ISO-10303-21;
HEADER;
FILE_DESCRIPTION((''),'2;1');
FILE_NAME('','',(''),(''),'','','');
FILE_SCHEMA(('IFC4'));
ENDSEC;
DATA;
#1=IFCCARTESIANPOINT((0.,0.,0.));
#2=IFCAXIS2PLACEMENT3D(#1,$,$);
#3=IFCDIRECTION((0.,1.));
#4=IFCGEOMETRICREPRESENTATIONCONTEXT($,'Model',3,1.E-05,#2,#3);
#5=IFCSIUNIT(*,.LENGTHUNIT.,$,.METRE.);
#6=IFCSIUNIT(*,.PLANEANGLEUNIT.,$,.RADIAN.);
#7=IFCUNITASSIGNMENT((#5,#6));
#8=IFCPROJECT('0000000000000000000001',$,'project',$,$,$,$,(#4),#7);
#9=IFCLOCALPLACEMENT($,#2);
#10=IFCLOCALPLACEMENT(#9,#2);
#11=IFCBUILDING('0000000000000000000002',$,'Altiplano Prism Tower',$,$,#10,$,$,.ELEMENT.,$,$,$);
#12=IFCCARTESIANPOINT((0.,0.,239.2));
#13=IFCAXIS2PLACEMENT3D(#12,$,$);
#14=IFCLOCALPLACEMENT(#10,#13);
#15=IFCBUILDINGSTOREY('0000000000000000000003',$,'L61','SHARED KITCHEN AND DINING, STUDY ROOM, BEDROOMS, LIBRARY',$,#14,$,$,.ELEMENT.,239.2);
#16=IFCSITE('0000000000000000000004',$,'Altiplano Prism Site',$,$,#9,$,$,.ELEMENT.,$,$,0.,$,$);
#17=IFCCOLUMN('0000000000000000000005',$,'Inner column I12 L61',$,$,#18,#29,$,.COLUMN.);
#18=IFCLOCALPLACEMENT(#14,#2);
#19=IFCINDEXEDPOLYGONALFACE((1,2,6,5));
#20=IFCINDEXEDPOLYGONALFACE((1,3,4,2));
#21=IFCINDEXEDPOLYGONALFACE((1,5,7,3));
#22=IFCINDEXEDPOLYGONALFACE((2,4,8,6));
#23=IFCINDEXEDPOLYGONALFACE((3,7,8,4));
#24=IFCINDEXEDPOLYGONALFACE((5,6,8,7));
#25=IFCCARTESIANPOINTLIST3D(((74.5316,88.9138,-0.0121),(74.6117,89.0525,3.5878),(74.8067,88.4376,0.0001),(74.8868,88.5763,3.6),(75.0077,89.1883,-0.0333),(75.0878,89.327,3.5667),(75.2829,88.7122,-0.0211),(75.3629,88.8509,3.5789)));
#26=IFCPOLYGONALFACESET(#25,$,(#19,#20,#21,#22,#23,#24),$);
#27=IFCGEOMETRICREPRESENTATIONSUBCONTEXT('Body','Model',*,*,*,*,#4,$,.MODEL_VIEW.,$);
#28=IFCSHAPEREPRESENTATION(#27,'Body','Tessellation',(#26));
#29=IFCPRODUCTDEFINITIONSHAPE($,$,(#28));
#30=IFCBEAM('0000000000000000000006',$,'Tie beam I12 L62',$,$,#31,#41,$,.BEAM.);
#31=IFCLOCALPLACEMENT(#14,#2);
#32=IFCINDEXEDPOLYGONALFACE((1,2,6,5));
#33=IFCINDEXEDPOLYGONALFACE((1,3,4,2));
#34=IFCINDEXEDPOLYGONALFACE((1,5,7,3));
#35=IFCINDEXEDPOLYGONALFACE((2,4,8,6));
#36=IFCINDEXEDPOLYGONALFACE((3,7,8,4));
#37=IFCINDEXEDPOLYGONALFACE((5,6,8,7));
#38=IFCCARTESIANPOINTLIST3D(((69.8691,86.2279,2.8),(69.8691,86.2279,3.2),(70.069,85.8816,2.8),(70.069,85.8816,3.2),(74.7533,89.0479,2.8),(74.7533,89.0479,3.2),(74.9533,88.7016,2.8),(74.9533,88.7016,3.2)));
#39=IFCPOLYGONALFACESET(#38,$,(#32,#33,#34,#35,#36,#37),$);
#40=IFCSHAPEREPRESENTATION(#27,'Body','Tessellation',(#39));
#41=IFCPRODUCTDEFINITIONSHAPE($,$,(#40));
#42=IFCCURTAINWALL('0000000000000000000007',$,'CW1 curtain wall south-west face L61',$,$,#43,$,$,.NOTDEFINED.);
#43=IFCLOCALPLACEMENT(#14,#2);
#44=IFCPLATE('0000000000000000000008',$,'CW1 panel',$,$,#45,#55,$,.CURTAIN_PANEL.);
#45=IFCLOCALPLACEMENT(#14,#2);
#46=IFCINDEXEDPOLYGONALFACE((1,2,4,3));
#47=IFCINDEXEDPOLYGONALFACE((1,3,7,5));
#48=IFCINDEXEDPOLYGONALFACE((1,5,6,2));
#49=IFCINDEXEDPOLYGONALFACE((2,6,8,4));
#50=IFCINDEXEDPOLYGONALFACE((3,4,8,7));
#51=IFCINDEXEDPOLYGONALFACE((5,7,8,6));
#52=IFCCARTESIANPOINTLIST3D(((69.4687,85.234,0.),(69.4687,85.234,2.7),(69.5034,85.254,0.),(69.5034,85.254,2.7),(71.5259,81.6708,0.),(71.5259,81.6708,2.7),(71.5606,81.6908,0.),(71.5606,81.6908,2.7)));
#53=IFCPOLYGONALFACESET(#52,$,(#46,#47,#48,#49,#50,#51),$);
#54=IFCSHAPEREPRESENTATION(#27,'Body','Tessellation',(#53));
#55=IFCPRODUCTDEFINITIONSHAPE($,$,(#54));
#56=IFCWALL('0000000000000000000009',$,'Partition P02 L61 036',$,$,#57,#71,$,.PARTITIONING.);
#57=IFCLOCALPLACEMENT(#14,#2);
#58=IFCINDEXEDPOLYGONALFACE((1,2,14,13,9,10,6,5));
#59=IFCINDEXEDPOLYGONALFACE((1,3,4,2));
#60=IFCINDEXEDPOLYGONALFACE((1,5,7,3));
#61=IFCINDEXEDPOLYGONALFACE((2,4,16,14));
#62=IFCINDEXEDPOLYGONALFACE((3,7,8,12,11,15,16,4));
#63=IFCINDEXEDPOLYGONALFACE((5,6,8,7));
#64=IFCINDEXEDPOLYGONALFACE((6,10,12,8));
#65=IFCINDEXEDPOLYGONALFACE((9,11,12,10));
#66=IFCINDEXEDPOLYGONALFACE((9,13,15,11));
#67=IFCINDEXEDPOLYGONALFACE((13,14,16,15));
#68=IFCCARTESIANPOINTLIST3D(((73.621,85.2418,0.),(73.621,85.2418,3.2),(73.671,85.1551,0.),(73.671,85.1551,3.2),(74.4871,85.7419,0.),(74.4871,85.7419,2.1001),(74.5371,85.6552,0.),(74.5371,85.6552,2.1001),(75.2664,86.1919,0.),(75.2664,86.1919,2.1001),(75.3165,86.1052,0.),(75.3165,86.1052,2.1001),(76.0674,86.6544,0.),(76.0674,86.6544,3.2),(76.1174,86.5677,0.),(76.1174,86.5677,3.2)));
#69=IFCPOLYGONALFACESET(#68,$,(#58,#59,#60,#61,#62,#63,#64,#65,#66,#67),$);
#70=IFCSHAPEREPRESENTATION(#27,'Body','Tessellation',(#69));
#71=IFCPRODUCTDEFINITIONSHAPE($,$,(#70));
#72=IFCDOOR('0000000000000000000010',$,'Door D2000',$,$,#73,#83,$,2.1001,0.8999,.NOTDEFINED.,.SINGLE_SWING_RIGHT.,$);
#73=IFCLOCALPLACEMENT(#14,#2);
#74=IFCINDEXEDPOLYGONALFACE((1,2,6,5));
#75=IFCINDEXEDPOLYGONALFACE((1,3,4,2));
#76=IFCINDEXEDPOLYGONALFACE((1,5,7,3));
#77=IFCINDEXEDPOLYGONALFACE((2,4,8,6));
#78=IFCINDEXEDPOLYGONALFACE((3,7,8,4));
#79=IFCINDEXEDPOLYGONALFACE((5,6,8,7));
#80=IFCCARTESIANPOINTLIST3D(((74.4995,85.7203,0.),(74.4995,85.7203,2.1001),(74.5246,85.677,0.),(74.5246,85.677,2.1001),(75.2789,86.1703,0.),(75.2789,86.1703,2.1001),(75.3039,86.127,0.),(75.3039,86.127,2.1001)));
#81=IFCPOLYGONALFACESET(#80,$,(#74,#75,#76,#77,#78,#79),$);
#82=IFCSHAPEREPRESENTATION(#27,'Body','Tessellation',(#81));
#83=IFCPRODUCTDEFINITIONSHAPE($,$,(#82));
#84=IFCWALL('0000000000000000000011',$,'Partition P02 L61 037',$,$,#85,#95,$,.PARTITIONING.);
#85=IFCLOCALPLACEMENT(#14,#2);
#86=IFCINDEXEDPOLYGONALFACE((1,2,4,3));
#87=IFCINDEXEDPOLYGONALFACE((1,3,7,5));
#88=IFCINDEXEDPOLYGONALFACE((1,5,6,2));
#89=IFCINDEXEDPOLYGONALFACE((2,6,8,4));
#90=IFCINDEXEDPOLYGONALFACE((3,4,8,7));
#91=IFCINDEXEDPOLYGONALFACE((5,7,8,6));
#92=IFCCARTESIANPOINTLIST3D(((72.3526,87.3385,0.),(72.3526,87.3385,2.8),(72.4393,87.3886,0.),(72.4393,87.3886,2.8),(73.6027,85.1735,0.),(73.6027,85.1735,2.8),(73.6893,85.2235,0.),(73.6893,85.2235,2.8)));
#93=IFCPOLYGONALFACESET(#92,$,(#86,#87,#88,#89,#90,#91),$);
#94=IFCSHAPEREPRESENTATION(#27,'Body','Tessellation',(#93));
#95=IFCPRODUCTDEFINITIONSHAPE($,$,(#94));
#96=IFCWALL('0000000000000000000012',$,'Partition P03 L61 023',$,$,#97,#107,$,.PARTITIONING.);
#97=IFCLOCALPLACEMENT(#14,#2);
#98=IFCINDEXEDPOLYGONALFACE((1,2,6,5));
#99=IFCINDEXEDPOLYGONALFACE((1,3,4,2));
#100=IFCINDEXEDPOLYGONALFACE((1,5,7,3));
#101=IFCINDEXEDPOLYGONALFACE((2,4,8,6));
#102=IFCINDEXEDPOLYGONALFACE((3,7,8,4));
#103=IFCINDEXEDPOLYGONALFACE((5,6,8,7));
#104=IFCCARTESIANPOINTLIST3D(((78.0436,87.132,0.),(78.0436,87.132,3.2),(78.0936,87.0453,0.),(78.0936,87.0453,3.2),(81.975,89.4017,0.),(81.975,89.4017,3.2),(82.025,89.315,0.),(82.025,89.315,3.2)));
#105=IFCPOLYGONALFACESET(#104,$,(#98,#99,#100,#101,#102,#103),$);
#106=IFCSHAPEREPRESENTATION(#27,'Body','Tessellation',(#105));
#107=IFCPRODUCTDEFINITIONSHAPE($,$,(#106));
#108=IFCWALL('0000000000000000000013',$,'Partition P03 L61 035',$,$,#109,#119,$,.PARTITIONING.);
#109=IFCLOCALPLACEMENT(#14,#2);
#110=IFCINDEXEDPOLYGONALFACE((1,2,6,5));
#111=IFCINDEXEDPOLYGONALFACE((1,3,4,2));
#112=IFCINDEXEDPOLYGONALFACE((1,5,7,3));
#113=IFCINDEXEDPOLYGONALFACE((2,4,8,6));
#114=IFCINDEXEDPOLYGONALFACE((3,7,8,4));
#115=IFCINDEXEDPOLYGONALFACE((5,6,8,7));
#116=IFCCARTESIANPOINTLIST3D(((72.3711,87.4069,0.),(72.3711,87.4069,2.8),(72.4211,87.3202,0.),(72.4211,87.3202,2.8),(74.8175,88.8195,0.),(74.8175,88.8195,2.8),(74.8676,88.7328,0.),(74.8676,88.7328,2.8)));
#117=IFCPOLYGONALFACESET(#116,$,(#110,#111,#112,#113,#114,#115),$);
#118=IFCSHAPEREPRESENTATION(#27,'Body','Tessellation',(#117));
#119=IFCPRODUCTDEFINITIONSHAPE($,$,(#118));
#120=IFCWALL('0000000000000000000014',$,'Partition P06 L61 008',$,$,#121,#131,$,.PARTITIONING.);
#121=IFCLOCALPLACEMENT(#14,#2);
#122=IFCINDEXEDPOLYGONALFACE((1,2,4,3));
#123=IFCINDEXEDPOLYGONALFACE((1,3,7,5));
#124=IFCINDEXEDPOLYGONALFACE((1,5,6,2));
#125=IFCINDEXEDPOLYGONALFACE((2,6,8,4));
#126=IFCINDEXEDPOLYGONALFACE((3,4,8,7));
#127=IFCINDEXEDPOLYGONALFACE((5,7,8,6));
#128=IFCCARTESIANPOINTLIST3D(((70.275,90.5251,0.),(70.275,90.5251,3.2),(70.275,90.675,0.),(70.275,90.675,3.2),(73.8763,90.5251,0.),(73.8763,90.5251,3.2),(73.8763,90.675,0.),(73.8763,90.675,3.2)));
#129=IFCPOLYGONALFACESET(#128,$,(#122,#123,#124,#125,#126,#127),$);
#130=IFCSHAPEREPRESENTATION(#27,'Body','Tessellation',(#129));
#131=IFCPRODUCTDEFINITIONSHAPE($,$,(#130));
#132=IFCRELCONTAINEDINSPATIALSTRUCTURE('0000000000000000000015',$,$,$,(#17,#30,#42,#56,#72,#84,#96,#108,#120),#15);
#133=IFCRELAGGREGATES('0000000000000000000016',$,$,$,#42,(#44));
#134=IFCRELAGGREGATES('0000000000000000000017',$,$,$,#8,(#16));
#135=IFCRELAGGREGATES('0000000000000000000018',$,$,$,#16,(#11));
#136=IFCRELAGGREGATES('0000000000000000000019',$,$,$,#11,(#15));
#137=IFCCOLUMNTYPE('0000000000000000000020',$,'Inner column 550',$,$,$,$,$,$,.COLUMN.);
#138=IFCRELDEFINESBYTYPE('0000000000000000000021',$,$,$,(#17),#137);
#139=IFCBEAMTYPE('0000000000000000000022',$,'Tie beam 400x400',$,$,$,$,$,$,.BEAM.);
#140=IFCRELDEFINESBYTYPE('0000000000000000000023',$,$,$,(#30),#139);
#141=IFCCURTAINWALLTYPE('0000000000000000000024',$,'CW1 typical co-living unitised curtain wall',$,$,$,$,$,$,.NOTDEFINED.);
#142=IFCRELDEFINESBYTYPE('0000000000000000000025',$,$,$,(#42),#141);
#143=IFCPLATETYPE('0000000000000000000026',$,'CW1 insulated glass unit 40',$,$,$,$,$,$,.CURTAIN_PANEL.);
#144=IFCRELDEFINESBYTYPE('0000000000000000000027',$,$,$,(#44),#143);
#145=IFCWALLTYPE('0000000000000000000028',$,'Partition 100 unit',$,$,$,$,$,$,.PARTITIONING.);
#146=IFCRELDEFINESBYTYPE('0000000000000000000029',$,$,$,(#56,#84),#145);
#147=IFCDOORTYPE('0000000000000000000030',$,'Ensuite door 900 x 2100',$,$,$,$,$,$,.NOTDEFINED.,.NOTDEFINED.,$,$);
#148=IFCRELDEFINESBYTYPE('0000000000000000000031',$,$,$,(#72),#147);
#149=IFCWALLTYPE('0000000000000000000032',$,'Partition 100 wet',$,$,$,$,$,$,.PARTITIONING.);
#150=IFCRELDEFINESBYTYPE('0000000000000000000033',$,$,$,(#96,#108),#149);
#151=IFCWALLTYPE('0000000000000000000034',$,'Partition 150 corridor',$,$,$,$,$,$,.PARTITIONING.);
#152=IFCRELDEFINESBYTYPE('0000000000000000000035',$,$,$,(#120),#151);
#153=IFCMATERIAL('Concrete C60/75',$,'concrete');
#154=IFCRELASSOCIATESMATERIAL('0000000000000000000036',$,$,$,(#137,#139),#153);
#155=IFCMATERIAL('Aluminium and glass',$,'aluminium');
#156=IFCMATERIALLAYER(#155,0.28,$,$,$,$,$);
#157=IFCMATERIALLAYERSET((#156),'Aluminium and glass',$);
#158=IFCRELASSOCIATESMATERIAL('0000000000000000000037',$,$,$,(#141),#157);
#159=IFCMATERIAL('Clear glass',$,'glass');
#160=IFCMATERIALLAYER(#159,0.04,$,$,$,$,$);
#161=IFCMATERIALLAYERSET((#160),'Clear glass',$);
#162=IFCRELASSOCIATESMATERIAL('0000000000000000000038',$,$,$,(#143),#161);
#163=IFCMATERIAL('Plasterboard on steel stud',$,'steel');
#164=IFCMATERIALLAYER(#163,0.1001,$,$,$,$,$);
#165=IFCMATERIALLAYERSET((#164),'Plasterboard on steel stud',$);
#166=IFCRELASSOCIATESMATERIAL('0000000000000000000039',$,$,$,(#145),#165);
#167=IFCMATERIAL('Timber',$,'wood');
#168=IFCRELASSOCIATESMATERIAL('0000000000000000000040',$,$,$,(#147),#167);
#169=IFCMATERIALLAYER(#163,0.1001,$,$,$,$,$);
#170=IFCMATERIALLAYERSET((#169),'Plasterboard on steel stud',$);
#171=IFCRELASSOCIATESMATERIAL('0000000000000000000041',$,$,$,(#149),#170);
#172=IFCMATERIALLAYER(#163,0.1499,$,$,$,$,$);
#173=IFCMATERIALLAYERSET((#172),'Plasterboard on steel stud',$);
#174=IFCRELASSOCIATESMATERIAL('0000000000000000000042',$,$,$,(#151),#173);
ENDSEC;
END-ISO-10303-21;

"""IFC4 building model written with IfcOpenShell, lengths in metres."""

from ifc_helpers import new_model, si_unit, direction, frame, frame_2d, origin, origin_2d, place, context, subcontext, project, spatial, rectangle, extrude, material, layer, layer_set, material_profile, profile_set, type_object, element, fill, aggregate, save


model = new_model("IFC4")

# Units and contexts
model_context = context("Model", 3, precision=1e-05, world=origin(), true_north=direction((0.0, 1.0)))
body_context = subcontext(model_context, "Body", "Model", "MODEL_VIEW")
ifc_project = project(units=[si_unit("LENGTHUNIT", "METRE"), si_unit("PLANEANGLEUNIT", "RADIAN")], contexts=[model_context])

# Site, building, storey
site_placement = place(None, origin())
site = spatial("IfcSite", under=ifc_project, at=site_placement, Name="Altiplano Prism Site", CompositionType="ELEMENT", RefElevation=0.0)
building_placement = place(site_placement, origin())
building = spatial("IfcBuilding", under=site, at=building_placement, Name="Altiplano Prism Tower", CompositionType="ELEMENT")
storey_placement = place(building_placement, frame((0.0, 0.0, 239.2)))
storey = spatial("IfcBuildingStorey", under=building, at=storey_placement, Name="L61", Description="SHARED KITCHEN AND DINING, STUDY ROOM, BEDROOMS, LIBRARY", CompositionType="ELEMENT", Elevation=239.2)

# Column
ifc_material_1 = material(Name="Concrete C60/75", Category="concrete")
ifc_material_profile_1 = material_profile(ifc_material_1, rectangle(XDim=0.55, YDim=0.55, at=origin_2d()), Name="Inner column 550")
ifc_profile_set_1 = profile_set([ifc_material_profile_1], Name="Concrete C60/75")
column_type = type_object("IfcColumnType", Name="Inner column 550", PredefinedType="COLUMN", material=ifc_profile_set_1)
column_placement = place(storey_placement, frame((74.9072, 88.813, -0.0166), z_axis=(0.022223, 0.038483, 0.999012), x_axis=(-0.865644, -0.499179, 0.038485)))
element("IfcColumn", 1, at=column_placement, inside=storey, type_object=column_type, Name="Inner column I12 L61", PredefinedType="COLUMN", context=body_context, shape_type="SweptSolid", body=[
    extrude(rectangle(XDim=0.55, YDim=0.55, at=origin_2d()), origin(), (0.0, 0.0, 1.0), 3.6035),
])

# Beam
ifc_material_profile_2 = material_profile(ifc_material_1, rectangle(XDim=0.3999, YDim=0.3999, at=origin_2d()), Name="Tie beam 400x400")
ifc_profile_set_2 = profile_set([ifc_material_profile_2], Name="Concrete C60/75")
beam_type = type_object("IfcBeamType", Name="Tie beam 400x400", PredefinedType="BEAM", material=ifc_profile_set_2)
beam_placement = place(storey_placement, frame((74.8533, 88.8748, 3.0), z_axis=(-0.866015, -0.500017, 0.0), x_axis=(0.500017, -0.866015, 0.0)))
element("IfcBeam", 2, at=beam_placement, inside=storey, type_object=beam_type, Name="Tie beam I12 L62", PredefinedType="BEAM", context=body_context, shape_type="SweptSolid", body=[
    extrude(rectangle(XDim=0.3999, YDim=0.3999, at=origin_2d()), origin(), (0.0, 0.0, 1.0), 5.6399),
])

# Curtain wall, plate
ifc_material_2 = material(Name="Aluminium and glass", Category="aluminium")
ifc_layer_1 = layer(ifc_material_2, 0.28)
ifc_layer_set_1 = layer_set([ifc_layer_1], Name="Aluminium and glass")
curtain_wall_type = type_object("IfcCurtainWallType", Name="CW1 typical co-living unitised curtain wall", PredefinedType="NOTDEFINED", material=ifc_layer_set_1)
curtain_wall_placement = place(storey_placement, origin())
curtain_wall = element("IfcCurtainWall", 3, at=curtain_wall_placement, inside=storey, type_object=curtain_wall_type, Name="CW1 curtain wall south-west face L61", PredefinedType="NOTDEFINED")
ifc_material_3 = material(Name="Clear glass", Category="glass")
ifc_layer_2 = layer(ifc_material_3, 0.04)
ifc_layer_set_2 = layer_set([ifc_layer_2], Name="Clear glass")
plate_type = type_object("IfcPlateType", Name="CW1 insulated glass unit 40", PredefinedType="CURTAIN_PANEL", material=ifc_layer_set_2)
plate_placement = place(storey_placement, frame((70.5146, 83.4624, 0.0), z_axis=(0.0, 0.0, 1.0), x_axis=(0.5, -0.866025, 0.0)))
plate = element("IfcPlate", 4, at=plate_placement, type_object=plate_type, Name="CW1 panel", PredefinedType="CURTAIN_PANEL", context=body_context, shape_type="SweptSolid", body=[
    extrude(rectangle(XDim=4.1145, YDim=0.04, at=origin_2d()), origin(), (0.0, 0.0, 1.0), 2.7),
])
aggregate(curtain_wall, [plate])

# Wall, opening, door
ifc_material_4 = material(Name="Plasterboard on steel stud", Category="steel")
ifc_layer_3 = layer(ifc_material_4, 0.1001)
ifc_layer_set_3 = layer_set([ifc_layer_3], Name="Plasterboard on steel stud")
wall_type_1 = type_object("IfcWallType", Name="Partition 100 unit", PredefinedType="PARTITIONING", material=ifc_layer_set_3)
wall_1_placement = place(storey_placement, frame((76.0925, 86.6111, 0.0), z_axis=(0.0, 0.0, 1.0), x_axis=(-0.866011, -0.500024, 0.0)))
wall_1 = element("IfcWall", 5, at=wall_1_placement, inside=storey, type_object=wall_type_1, Name="Partition P02 L61 036", PredefinedType="PARTITIONING", context=body_context, shape_type="SweptSolid", body=[
    extrude(rectangle(XDim=2.825, YDim=0.1001, at=frame_2d((1.4126, 0.0))), origin(), (0.0, 0.0, 1.0), 3.2),
])
opening_placement = place(wall_1_placement, frame((0.925, 0.0, 0.0)))
opening = element("IfcOpeningElement", 6, at=opening_placement, cuts=wall_1, PredefinedType="OPENING", context=body_context, shape_type="SweptSolid", body=[
    extrude(rectangle(XDim=0.8999, YDim=2.1001, at=frame_2d((0.45, 1.05))), frame((0.0, 0.0605, 0.0), z_axis=(0.0, -1.0, 0.0), x_axis=(1.0, 0.0, 0.0)), (0.0, 0.0, 1.0), 0.1211),
])
ifc_material_5 = material(Name="Timber", Category="wood")
door_type = type_object("IfcDoorType", Name="Ensuite door 900 x 2100", OperationType="NOTDEFINED", PredefinedType="NOTDEFINED", material=ifc_material_5)
door_placement = place(opening_placement, origin())
door = element("IfcDoor", 7, at=door_placement, inside=storey, type_object=door_type, Name="Door D2000", OperationType="SINGLE_SWING_RIGHT", OverallHeight=2.1001, OverallWidth=0.8999, PredefinedType="NOTDEFINED", context=body_context, shape_type="SweptSolid", body=[
    extrude(rectangle(XDim=0.8999, YDim=2.1001, at=frame_2d((0.45, 1.05))), frame((0.0, 0.0249, 0.0), z_axis=(0.0, -1.0, 0.0), x_axis=(1.0, 0.0, 0.0)), (0.0, 0.0, 1.0), 0.05),
])
fill(opening, door)

# Walls
wall_2_placement = place(storey_placement, frame((73.646, 85.1985, 0.0), z_axis=(0.0, 0.0, 1.0), x_axis=(-0.500004, 0.866023, 0.0)))
element("IfcWall", 8, at=wall_2_placement, inside=storey, type_object=wall_type_1, Name="Partition P02 L61 037", PredefinedType="PARTITIONING", context=body_context, shape_type="SweptSolid", body=[
    extrude(rectangle(XDim=2.5, YDim=0.1001, at=frame_2d((1.25, 0.0))), origin(), (0.0, 0.0, 1.0), 2.8),
])
ifc_layer_4 = layer(ifc_material_4, 0.1001)
ifc_layer_set_4 = layer_set([ifc_layer_4], Name="Plasterboard on steel stud")
wall_type_2 = type_object("IfcWallType", Name="Partition 100 wet", PredefinedType="PARTITIONING", material=ifc_layer_set_4)
wall_3_placement = place(storey_placement, frame((78.0686, 87.0886, 0.0), z_axis=(0.0, 0.0, 1.0), x_axis=(0.866027, 0.499997, 0.0)))
element("IfcWall", 9, at=wall_3_placement, inside=storey, type_object=wall_type_2, Name="Partition P03 L61 023", PredefinedType="PARTITIONING", context=body_context, shape_type="SweptSolid", body=[
    extrude(rectangle(XDim=4.5396, YDim=0.1001, at=frame_2d((2.2698, 0.0))), origin(), (0.0, 0.0, 1.0), 3.2),
])
wall_4_placement = place(storey_placement, frame((72.396, 87.3635, 0.0), z_axis=(0.0, 0.0, 1.0), x_axis=(0.866011, 0.500024, 0.0)))
element("IfcWall", 10, at=wall_4_placement, inside=storey, type_object=wall_type_2, Name="Partition P03 L61 035", PredefinedType="PARTITIONING", context=body_context, shape_type="SweptSolid", body=[
    extrude(rectangle(XDim=2.825, YDim=0.1001, at=frame_2d((1.4126, 0.0))), origin(), (0.0, 0.0, 1.0), 2.8),
])
ifc_layer_5 = layer(ifc_material_4, 0.1499)
ifc_layer_set_5 = layer_set([ifc_layer_5], Name="Plasterboard on steel stud")
wall_type_3 = type_object("IfcWallType", Name="Partition 150 corridor", PredefinedType="PARTITIONING", material=ifc_layer_set_5)
wall_5_placement = place(storey_placement, frame((70.2749, 90.6001, 0.0), z_axis=(0.0, 0.0, 1.0), x_axis=(1.0, 0.0, 0.0)))
element("IfcWall", 11, at=wall_5_placement, inside=storey, type_object=wall_type_3, Name="Partition P06 L61 008", PredefinedType="PARTITIONING", context=body_context, shape_type="SweptSolid", body=[
    extrude(rectangle(XDim=3.6013, YDim=0.1499, at=frame_2d((1.8008, 0.0))), origin(), (0.0, 0.0, 1.0), 3.2),
])

save(model, "model.ifc")
